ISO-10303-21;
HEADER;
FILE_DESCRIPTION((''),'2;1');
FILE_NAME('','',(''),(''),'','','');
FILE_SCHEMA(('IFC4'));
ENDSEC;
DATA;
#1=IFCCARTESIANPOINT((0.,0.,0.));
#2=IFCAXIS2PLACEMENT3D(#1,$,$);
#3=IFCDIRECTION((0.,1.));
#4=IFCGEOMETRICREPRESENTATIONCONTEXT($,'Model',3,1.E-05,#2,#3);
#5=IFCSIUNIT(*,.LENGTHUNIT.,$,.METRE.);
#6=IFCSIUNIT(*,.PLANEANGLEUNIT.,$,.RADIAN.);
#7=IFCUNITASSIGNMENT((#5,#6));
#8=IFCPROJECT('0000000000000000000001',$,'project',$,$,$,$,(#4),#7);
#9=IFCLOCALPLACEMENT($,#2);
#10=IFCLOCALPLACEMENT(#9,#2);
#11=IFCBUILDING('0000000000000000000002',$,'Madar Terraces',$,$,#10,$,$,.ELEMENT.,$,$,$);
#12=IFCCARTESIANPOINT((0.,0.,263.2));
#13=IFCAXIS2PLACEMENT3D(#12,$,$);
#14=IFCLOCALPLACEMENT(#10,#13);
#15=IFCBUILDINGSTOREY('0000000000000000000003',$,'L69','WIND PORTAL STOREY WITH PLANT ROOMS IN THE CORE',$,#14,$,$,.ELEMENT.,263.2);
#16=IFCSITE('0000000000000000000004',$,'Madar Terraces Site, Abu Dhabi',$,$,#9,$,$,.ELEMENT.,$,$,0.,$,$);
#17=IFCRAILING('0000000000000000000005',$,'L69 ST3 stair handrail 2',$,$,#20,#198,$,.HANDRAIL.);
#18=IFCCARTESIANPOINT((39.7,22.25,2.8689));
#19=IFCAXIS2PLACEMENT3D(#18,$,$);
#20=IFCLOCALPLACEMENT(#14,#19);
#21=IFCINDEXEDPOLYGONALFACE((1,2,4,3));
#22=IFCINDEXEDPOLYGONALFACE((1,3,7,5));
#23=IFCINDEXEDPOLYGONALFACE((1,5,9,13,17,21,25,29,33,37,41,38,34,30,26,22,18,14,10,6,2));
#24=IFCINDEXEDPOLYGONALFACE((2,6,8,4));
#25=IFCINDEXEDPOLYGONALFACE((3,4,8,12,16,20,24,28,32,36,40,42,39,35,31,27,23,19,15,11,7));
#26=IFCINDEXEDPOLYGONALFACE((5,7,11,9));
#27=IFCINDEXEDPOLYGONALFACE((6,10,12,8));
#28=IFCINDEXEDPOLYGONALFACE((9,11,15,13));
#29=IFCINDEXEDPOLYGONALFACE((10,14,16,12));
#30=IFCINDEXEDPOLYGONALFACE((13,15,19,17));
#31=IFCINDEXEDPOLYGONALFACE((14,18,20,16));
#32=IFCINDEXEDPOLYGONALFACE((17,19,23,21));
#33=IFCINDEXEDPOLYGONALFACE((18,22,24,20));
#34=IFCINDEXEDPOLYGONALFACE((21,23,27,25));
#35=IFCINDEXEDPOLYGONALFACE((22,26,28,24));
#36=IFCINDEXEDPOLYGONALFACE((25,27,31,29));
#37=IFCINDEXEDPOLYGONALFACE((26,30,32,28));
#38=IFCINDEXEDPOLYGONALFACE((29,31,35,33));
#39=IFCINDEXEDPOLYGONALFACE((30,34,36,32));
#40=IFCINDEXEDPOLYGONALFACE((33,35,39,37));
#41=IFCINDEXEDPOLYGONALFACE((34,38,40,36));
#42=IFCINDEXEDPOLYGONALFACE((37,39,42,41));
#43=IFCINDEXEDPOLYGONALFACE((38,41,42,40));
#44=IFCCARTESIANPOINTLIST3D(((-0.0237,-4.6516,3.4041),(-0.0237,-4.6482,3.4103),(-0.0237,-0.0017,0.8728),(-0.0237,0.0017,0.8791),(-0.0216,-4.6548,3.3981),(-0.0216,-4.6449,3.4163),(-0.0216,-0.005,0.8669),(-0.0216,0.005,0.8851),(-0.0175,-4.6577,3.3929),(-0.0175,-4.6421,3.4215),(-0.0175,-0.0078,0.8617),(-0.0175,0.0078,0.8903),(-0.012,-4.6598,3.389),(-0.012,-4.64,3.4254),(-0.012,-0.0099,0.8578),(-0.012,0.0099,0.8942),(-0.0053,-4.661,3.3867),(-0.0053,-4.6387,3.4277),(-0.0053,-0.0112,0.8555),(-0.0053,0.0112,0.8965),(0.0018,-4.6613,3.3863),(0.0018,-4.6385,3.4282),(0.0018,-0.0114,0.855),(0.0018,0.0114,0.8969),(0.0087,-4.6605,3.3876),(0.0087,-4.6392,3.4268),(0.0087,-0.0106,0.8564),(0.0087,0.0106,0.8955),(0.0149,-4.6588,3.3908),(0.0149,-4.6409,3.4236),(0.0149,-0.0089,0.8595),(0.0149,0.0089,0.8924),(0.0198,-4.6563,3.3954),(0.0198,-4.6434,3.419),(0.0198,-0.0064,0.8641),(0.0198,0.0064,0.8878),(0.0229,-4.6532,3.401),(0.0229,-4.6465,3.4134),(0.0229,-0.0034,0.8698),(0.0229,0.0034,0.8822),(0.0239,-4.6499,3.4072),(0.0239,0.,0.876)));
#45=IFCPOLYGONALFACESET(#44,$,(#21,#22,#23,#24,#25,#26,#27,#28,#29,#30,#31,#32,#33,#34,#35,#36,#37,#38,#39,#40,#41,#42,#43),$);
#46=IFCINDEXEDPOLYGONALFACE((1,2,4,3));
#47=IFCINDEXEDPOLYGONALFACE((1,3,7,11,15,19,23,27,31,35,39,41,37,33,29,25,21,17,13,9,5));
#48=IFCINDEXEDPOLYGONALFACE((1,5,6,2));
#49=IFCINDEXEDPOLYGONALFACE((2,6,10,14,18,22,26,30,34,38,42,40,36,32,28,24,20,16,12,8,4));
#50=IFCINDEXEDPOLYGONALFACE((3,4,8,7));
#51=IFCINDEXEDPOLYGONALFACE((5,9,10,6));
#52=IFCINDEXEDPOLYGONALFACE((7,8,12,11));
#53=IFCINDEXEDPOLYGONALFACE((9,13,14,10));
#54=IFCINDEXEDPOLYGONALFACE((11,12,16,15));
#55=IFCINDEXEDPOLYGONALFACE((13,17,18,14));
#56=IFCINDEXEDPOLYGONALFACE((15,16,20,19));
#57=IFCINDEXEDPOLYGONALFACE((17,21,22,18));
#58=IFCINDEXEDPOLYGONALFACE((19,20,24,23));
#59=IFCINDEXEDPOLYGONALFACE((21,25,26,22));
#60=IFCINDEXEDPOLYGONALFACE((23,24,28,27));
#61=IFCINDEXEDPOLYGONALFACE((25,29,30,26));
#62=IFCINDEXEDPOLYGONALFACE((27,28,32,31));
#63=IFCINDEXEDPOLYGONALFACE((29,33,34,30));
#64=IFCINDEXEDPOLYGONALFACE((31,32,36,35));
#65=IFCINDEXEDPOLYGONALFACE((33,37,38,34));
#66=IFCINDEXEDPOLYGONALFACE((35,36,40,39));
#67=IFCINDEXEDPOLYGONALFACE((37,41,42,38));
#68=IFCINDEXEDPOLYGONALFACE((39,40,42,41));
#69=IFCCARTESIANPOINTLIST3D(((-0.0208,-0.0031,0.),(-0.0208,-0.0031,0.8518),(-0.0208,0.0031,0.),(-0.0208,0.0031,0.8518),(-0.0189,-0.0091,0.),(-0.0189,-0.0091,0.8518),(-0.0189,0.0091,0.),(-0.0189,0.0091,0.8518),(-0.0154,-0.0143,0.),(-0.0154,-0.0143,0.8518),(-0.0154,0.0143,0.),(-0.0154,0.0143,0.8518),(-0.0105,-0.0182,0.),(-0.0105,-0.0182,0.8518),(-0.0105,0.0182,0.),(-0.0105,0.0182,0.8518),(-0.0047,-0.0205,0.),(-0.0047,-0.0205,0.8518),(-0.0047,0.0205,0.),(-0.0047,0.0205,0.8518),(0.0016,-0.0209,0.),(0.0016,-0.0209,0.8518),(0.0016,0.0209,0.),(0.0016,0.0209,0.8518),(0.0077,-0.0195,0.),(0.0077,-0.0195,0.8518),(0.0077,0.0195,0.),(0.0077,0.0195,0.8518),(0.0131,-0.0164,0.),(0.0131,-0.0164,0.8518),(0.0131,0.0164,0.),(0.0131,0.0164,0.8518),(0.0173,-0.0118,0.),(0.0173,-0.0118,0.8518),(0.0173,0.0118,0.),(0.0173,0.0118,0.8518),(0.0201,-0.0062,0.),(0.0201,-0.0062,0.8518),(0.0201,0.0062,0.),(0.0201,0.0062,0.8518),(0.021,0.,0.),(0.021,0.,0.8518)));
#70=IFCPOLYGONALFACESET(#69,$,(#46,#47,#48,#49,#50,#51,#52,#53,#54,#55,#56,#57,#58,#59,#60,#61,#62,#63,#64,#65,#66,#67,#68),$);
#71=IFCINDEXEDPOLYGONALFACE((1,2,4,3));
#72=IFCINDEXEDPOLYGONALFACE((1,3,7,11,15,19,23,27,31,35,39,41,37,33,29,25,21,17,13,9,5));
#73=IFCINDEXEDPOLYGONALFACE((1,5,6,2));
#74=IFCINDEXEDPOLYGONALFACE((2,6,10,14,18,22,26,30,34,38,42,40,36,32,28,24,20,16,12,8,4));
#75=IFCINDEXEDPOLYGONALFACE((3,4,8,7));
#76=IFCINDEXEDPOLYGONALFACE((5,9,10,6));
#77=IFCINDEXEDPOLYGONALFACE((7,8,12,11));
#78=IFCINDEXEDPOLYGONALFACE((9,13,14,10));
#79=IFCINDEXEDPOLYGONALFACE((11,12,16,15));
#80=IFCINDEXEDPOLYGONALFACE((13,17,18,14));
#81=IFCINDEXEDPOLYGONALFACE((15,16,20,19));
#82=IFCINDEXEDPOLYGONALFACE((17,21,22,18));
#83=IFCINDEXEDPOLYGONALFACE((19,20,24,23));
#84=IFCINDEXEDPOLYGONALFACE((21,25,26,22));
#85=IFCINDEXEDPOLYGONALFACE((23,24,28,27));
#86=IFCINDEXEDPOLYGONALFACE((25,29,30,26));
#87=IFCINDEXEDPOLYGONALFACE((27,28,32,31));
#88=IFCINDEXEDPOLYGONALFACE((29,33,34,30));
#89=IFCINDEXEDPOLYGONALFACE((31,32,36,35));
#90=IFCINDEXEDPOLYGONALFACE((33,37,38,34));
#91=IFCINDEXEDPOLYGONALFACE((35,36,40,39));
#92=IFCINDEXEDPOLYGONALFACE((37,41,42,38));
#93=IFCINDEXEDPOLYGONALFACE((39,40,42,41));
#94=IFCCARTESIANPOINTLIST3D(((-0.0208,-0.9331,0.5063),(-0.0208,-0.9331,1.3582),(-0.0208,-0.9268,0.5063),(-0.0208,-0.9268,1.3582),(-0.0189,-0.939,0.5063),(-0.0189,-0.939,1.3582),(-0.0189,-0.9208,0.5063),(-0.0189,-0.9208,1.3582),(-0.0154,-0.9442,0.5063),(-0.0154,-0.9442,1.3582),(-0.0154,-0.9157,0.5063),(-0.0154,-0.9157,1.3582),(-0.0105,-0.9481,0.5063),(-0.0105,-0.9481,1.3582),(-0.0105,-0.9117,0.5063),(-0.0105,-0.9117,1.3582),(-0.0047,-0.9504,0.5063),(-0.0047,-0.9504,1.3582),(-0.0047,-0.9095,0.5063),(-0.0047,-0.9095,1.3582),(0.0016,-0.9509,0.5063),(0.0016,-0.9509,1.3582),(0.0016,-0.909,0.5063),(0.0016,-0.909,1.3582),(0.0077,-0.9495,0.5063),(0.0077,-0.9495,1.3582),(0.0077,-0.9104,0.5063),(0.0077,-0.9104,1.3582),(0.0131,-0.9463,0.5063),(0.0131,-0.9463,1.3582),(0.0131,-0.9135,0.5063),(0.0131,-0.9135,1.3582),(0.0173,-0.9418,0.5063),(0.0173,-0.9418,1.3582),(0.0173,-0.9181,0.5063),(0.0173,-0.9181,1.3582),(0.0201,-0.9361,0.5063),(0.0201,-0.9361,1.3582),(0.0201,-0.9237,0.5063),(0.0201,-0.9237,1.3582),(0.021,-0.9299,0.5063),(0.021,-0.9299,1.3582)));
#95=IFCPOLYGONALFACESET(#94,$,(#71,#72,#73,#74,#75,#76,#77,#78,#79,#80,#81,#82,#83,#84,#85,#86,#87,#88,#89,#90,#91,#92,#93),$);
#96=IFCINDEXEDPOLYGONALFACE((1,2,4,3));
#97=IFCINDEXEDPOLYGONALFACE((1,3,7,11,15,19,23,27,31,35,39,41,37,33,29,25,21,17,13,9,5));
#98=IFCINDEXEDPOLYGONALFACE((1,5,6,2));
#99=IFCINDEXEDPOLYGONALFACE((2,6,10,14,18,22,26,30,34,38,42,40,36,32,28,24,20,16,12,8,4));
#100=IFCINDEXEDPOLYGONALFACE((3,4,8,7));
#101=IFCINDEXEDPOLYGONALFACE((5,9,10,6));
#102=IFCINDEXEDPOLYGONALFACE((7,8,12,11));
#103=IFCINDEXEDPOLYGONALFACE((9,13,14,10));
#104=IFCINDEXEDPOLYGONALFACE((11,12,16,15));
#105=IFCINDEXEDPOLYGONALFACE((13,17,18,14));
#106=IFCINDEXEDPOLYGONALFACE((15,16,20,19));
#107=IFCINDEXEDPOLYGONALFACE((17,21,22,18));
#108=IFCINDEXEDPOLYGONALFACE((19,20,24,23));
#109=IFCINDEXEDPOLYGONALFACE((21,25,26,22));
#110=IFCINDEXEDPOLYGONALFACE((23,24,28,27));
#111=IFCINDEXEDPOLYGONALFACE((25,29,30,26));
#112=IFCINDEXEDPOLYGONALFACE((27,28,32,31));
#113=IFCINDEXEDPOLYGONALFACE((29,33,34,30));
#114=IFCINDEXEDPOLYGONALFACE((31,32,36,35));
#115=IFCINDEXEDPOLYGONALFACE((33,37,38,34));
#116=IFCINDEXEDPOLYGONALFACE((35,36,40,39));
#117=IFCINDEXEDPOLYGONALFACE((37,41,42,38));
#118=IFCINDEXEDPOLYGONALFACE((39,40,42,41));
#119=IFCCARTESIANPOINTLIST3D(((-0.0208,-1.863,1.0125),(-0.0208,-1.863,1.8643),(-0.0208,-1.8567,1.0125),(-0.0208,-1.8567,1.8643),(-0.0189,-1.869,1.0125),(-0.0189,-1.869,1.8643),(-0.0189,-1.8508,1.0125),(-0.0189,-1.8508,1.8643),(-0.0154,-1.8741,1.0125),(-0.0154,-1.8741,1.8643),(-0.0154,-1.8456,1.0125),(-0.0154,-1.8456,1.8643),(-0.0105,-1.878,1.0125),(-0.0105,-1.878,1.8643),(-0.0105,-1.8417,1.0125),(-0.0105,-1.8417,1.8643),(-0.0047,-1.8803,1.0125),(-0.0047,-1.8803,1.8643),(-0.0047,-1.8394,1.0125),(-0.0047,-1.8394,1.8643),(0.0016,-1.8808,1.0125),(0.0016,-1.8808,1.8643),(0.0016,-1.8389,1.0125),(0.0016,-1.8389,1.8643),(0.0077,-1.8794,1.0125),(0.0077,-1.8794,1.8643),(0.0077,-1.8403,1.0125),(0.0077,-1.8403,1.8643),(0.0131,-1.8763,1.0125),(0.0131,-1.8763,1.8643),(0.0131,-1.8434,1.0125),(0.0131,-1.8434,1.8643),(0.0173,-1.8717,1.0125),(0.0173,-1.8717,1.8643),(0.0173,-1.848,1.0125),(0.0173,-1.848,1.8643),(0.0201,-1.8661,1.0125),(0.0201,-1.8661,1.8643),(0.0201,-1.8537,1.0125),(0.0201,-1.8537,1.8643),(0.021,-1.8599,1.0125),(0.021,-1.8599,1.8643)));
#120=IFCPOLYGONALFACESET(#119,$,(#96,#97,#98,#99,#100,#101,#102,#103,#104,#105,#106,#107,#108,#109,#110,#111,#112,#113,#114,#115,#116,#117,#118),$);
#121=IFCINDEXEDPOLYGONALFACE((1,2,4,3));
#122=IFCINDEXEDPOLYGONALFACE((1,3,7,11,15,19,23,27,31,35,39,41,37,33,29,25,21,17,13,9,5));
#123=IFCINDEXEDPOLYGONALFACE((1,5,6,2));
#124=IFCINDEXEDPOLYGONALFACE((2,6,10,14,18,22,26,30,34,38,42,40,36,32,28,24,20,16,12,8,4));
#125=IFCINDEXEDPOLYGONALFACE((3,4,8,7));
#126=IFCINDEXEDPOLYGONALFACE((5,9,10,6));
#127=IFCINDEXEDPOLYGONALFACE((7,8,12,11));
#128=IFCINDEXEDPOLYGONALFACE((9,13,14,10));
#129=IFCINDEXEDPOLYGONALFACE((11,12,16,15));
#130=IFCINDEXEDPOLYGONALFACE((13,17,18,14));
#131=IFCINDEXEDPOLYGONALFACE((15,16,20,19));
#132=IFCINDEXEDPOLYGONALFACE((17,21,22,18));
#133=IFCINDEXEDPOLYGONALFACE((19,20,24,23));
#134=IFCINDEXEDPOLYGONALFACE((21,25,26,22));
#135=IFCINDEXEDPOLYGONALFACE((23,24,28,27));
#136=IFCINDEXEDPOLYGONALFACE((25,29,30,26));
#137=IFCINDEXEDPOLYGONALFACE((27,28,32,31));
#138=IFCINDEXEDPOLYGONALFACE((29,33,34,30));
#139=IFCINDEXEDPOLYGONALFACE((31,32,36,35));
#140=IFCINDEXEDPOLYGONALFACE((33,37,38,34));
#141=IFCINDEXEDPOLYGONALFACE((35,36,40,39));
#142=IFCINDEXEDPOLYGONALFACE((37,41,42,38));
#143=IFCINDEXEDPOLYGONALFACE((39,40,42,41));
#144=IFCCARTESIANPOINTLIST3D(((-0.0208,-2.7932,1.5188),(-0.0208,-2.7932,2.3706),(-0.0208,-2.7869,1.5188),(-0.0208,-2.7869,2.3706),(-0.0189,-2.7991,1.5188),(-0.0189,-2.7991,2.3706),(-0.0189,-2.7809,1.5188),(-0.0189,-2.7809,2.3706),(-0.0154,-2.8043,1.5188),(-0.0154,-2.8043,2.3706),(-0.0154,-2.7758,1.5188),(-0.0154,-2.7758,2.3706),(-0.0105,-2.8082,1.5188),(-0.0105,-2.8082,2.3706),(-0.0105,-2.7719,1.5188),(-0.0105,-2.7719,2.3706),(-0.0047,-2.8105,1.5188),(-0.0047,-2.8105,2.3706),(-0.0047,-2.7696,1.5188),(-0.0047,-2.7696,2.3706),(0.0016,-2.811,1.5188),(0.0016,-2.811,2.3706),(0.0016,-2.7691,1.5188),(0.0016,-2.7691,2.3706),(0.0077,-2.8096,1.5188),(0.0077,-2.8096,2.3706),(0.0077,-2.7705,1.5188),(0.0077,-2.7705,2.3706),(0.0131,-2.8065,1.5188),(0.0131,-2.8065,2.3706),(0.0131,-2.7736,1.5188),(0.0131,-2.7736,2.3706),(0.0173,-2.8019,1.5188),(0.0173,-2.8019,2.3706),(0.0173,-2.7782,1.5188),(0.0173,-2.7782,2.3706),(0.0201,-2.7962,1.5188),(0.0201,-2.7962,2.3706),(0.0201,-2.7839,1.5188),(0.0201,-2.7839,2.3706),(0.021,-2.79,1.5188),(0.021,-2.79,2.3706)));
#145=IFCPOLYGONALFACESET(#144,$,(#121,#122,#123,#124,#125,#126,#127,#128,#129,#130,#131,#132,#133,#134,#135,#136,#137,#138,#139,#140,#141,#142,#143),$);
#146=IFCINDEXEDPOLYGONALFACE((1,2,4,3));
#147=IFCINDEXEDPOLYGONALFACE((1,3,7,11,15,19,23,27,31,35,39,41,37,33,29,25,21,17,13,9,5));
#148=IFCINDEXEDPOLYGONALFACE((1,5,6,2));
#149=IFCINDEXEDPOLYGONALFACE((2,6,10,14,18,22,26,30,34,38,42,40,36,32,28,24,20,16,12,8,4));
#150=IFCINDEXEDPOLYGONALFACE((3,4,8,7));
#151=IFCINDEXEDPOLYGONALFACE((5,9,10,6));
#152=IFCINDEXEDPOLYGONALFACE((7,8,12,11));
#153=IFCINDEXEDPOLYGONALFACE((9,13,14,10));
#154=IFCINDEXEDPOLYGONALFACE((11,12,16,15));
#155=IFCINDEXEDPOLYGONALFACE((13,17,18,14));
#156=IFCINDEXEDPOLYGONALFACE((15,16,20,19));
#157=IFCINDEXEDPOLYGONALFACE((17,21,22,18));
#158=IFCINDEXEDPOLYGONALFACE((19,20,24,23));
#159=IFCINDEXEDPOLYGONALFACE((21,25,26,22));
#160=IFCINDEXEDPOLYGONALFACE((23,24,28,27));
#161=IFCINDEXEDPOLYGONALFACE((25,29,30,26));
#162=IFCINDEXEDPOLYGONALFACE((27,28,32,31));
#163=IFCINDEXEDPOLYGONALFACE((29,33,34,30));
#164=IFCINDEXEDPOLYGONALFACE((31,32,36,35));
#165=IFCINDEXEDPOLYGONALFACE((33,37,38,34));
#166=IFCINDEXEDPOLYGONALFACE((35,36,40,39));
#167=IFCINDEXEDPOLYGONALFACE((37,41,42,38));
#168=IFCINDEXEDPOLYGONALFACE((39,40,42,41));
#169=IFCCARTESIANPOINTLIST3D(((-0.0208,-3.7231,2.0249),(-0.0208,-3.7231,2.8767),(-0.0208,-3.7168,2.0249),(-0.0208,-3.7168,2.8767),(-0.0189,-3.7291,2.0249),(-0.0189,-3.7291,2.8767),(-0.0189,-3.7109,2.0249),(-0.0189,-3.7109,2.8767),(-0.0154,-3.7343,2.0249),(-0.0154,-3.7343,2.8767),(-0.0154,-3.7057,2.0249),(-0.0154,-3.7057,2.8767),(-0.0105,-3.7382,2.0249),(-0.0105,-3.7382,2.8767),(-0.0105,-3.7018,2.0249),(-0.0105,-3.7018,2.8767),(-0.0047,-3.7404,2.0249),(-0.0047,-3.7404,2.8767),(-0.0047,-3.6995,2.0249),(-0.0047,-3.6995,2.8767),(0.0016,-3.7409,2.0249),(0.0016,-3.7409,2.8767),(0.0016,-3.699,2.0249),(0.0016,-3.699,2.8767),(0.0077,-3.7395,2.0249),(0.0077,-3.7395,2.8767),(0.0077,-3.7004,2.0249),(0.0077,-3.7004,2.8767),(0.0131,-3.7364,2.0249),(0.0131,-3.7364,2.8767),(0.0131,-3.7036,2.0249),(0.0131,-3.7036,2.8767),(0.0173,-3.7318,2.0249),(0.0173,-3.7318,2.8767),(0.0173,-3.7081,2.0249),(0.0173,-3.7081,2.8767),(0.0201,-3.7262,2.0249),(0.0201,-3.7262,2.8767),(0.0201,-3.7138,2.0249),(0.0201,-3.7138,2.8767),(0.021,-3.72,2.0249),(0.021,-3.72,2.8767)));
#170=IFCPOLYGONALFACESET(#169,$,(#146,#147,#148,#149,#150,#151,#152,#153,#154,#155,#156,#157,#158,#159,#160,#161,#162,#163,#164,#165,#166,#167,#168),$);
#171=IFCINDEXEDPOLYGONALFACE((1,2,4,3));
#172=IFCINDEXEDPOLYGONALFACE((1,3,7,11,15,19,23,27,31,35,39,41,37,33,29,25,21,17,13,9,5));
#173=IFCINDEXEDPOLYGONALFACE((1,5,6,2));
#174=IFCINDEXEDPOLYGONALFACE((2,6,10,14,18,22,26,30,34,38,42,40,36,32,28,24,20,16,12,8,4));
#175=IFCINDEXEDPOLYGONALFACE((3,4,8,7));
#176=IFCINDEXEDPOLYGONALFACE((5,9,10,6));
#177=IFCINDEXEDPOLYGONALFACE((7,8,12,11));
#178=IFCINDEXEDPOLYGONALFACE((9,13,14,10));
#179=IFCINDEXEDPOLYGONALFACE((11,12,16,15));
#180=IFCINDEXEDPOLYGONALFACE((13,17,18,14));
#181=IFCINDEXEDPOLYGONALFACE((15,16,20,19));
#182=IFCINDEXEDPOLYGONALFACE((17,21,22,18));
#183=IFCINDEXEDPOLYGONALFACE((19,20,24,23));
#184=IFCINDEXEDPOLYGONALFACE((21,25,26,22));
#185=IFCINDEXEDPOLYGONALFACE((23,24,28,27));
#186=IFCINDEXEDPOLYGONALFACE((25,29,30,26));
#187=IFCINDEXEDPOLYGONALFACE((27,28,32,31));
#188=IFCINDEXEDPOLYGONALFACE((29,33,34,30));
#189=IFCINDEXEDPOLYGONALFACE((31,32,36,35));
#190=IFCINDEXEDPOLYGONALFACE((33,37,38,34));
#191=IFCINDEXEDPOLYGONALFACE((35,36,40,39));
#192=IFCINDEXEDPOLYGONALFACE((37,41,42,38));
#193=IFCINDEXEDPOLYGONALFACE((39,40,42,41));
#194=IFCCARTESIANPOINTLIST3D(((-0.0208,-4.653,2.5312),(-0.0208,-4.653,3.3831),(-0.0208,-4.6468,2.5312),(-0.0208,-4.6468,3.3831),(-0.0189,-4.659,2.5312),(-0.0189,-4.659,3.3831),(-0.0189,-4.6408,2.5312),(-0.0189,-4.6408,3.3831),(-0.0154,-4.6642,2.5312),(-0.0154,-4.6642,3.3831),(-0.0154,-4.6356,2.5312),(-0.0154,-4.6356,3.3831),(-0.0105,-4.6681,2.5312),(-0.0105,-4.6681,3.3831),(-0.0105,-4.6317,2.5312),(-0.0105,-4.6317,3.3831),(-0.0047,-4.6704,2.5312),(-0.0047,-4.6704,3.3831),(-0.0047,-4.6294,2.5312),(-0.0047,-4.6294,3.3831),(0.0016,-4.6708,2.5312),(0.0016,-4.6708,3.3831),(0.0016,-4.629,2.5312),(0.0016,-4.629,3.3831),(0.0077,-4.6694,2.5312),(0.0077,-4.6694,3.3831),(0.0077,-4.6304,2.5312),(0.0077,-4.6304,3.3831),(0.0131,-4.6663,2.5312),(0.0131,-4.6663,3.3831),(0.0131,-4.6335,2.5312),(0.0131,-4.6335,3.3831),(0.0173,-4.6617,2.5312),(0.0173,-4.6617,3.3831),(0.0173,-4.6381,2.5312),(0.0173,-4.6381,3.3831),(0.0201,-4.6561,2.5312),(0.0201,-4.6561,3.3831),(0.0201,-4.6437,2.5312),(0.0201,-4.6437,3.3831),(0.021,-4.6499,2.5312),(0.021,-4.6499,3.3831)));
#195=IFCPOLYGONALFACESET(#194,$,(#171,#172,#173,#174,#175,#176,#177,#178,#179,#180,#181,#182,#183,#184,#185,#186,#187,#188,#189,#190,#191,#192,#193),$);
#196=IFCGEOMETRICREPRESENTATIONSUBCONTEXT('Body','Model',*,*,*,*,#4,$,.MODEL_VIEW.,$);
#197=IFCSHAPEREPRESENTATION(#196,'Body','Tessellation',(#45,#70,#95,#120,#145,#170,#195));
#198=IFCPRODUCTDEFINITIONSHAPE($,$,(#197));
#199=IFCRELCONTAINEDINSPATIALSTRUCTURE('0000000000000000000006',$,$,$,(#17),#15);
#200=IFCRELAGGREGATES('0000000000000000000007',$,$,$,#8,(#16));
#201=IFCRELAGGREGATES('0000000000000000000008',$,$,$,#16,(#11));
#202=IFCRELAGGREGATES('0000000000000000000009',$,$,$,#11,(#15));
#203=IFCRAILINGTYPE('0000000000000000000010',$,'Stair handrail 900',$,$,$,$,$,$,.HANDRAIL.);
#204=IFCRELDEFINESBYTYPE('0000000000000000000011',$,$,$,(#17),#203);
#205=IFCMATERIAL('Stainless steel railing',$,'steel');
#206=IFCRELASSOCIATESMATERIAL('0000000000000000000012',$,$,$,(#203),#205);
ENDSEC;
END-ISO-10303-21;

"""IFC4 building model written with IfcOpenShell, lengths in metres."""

from ifc_helpers import new_model, si_unit, direction, frame, origin, origin_2d, place, context, subcontext, project, spatial, circle, extrude, material, type_object, element, save


model = new_model("IFC4")

# Units and contexts
model_context = context("Model", 3, precision=1e-05, world=origin(), true_north=direction((0.0, 1.0)))
body_context = subcontext(model_context, "Body", "Model", "MODEL_VIEW")
ifc_project = project(units=[si_unit("LENGTHUNIT", "METRE"), si_unit("PLANEANGLEUNIT", "RADIAN")], contexts=[model_context])

# Site, building, storey
site_placement = place(None, origin())
site = spatial("IfcSite", under=ifc_project, at=site_placement, Name="Madar Terraces Site, Abu Dhabi", CompositionType="ELEMENT", RefElevation=0.0)
building_placement = place(site_placement, origin())
building = spatial("IfcBuilding", under=site, at=building_placement, Name="Madar Terraces", CompositionType="ELEMENT")
storey_placement = place(building_placement, frame((0.0, 0.0, 263.2)))
storey = spatial("IfcBuildingStorey", under=building, at=storey_placement, Name="L69", Description="WIND PORTAL STOREY WITH PLANT ROOMS IN THE CORE", CompositionType="ELEMENT", Elevation=263.2)

# Railing
ifc_material_1 = material(Name="Stainless steel railing", Category="steel")
railing_type_1 = type_object("IfcRailingType", Name="Stair handrail 900", PredefinedType="HANDRAIL", material=ifc_material_1)
railing_1_placement = place(storey_placement, frame((39.7, 22.25, 2.8689)))
element("IfcRailing", 1, at=railing_1_placement, inside=storey, type_object=railing_type_1, Name="L69 ST3 stair handrail 2", PredefinedType="HANDRAIL", context=body_context, shape_type="SweptSolid", body=[
    extrude(circle(Radius=0.0239, at=origin_2d()), frame((0.0, 0.0, 0.876), z_axis=(0.0, -0.878297, 0.478115), x_axis=(1.0, 0.0, 0.0)), (0.0, 0.0, 1.0), 5.2942),
    extrude(circle(Radius=0.021, at=origin_2d()), origin(), (0.0, 0.0, 1.0), 0.8518),
    extrude(circle(Radius=0.021, at=origin_2d()), frame((0.0, -0.9299, 0.5063)), (0.0, 0.0, 1.0), 0.8518),
    extrude(circle(Radius=0.021, at=origin_2d()), frame((0.0, -1.8599, 1.0125)), (0.0, 0.0, 1.0), 0.8518),
    extrude(circle(Radius=0.021, at=origin_2d()), frame((0.0, -2.79, 1.5188)), (0.0, 0.0, 1.0), 0.8518),
    extrude(circle(Radius=0.021, at=origin_2d()), frame((0.0, -3.72, 2.0249)), (0.0, 0.0, 1.0), 0.8518),
    extrude(circle(Radius=0.021, at=origin_2d()), frame((0.0, -4.6499, 2.5312)), (0.0, 0.0, 1.0), 0.8518),
])

save(model, "model.ifc")
